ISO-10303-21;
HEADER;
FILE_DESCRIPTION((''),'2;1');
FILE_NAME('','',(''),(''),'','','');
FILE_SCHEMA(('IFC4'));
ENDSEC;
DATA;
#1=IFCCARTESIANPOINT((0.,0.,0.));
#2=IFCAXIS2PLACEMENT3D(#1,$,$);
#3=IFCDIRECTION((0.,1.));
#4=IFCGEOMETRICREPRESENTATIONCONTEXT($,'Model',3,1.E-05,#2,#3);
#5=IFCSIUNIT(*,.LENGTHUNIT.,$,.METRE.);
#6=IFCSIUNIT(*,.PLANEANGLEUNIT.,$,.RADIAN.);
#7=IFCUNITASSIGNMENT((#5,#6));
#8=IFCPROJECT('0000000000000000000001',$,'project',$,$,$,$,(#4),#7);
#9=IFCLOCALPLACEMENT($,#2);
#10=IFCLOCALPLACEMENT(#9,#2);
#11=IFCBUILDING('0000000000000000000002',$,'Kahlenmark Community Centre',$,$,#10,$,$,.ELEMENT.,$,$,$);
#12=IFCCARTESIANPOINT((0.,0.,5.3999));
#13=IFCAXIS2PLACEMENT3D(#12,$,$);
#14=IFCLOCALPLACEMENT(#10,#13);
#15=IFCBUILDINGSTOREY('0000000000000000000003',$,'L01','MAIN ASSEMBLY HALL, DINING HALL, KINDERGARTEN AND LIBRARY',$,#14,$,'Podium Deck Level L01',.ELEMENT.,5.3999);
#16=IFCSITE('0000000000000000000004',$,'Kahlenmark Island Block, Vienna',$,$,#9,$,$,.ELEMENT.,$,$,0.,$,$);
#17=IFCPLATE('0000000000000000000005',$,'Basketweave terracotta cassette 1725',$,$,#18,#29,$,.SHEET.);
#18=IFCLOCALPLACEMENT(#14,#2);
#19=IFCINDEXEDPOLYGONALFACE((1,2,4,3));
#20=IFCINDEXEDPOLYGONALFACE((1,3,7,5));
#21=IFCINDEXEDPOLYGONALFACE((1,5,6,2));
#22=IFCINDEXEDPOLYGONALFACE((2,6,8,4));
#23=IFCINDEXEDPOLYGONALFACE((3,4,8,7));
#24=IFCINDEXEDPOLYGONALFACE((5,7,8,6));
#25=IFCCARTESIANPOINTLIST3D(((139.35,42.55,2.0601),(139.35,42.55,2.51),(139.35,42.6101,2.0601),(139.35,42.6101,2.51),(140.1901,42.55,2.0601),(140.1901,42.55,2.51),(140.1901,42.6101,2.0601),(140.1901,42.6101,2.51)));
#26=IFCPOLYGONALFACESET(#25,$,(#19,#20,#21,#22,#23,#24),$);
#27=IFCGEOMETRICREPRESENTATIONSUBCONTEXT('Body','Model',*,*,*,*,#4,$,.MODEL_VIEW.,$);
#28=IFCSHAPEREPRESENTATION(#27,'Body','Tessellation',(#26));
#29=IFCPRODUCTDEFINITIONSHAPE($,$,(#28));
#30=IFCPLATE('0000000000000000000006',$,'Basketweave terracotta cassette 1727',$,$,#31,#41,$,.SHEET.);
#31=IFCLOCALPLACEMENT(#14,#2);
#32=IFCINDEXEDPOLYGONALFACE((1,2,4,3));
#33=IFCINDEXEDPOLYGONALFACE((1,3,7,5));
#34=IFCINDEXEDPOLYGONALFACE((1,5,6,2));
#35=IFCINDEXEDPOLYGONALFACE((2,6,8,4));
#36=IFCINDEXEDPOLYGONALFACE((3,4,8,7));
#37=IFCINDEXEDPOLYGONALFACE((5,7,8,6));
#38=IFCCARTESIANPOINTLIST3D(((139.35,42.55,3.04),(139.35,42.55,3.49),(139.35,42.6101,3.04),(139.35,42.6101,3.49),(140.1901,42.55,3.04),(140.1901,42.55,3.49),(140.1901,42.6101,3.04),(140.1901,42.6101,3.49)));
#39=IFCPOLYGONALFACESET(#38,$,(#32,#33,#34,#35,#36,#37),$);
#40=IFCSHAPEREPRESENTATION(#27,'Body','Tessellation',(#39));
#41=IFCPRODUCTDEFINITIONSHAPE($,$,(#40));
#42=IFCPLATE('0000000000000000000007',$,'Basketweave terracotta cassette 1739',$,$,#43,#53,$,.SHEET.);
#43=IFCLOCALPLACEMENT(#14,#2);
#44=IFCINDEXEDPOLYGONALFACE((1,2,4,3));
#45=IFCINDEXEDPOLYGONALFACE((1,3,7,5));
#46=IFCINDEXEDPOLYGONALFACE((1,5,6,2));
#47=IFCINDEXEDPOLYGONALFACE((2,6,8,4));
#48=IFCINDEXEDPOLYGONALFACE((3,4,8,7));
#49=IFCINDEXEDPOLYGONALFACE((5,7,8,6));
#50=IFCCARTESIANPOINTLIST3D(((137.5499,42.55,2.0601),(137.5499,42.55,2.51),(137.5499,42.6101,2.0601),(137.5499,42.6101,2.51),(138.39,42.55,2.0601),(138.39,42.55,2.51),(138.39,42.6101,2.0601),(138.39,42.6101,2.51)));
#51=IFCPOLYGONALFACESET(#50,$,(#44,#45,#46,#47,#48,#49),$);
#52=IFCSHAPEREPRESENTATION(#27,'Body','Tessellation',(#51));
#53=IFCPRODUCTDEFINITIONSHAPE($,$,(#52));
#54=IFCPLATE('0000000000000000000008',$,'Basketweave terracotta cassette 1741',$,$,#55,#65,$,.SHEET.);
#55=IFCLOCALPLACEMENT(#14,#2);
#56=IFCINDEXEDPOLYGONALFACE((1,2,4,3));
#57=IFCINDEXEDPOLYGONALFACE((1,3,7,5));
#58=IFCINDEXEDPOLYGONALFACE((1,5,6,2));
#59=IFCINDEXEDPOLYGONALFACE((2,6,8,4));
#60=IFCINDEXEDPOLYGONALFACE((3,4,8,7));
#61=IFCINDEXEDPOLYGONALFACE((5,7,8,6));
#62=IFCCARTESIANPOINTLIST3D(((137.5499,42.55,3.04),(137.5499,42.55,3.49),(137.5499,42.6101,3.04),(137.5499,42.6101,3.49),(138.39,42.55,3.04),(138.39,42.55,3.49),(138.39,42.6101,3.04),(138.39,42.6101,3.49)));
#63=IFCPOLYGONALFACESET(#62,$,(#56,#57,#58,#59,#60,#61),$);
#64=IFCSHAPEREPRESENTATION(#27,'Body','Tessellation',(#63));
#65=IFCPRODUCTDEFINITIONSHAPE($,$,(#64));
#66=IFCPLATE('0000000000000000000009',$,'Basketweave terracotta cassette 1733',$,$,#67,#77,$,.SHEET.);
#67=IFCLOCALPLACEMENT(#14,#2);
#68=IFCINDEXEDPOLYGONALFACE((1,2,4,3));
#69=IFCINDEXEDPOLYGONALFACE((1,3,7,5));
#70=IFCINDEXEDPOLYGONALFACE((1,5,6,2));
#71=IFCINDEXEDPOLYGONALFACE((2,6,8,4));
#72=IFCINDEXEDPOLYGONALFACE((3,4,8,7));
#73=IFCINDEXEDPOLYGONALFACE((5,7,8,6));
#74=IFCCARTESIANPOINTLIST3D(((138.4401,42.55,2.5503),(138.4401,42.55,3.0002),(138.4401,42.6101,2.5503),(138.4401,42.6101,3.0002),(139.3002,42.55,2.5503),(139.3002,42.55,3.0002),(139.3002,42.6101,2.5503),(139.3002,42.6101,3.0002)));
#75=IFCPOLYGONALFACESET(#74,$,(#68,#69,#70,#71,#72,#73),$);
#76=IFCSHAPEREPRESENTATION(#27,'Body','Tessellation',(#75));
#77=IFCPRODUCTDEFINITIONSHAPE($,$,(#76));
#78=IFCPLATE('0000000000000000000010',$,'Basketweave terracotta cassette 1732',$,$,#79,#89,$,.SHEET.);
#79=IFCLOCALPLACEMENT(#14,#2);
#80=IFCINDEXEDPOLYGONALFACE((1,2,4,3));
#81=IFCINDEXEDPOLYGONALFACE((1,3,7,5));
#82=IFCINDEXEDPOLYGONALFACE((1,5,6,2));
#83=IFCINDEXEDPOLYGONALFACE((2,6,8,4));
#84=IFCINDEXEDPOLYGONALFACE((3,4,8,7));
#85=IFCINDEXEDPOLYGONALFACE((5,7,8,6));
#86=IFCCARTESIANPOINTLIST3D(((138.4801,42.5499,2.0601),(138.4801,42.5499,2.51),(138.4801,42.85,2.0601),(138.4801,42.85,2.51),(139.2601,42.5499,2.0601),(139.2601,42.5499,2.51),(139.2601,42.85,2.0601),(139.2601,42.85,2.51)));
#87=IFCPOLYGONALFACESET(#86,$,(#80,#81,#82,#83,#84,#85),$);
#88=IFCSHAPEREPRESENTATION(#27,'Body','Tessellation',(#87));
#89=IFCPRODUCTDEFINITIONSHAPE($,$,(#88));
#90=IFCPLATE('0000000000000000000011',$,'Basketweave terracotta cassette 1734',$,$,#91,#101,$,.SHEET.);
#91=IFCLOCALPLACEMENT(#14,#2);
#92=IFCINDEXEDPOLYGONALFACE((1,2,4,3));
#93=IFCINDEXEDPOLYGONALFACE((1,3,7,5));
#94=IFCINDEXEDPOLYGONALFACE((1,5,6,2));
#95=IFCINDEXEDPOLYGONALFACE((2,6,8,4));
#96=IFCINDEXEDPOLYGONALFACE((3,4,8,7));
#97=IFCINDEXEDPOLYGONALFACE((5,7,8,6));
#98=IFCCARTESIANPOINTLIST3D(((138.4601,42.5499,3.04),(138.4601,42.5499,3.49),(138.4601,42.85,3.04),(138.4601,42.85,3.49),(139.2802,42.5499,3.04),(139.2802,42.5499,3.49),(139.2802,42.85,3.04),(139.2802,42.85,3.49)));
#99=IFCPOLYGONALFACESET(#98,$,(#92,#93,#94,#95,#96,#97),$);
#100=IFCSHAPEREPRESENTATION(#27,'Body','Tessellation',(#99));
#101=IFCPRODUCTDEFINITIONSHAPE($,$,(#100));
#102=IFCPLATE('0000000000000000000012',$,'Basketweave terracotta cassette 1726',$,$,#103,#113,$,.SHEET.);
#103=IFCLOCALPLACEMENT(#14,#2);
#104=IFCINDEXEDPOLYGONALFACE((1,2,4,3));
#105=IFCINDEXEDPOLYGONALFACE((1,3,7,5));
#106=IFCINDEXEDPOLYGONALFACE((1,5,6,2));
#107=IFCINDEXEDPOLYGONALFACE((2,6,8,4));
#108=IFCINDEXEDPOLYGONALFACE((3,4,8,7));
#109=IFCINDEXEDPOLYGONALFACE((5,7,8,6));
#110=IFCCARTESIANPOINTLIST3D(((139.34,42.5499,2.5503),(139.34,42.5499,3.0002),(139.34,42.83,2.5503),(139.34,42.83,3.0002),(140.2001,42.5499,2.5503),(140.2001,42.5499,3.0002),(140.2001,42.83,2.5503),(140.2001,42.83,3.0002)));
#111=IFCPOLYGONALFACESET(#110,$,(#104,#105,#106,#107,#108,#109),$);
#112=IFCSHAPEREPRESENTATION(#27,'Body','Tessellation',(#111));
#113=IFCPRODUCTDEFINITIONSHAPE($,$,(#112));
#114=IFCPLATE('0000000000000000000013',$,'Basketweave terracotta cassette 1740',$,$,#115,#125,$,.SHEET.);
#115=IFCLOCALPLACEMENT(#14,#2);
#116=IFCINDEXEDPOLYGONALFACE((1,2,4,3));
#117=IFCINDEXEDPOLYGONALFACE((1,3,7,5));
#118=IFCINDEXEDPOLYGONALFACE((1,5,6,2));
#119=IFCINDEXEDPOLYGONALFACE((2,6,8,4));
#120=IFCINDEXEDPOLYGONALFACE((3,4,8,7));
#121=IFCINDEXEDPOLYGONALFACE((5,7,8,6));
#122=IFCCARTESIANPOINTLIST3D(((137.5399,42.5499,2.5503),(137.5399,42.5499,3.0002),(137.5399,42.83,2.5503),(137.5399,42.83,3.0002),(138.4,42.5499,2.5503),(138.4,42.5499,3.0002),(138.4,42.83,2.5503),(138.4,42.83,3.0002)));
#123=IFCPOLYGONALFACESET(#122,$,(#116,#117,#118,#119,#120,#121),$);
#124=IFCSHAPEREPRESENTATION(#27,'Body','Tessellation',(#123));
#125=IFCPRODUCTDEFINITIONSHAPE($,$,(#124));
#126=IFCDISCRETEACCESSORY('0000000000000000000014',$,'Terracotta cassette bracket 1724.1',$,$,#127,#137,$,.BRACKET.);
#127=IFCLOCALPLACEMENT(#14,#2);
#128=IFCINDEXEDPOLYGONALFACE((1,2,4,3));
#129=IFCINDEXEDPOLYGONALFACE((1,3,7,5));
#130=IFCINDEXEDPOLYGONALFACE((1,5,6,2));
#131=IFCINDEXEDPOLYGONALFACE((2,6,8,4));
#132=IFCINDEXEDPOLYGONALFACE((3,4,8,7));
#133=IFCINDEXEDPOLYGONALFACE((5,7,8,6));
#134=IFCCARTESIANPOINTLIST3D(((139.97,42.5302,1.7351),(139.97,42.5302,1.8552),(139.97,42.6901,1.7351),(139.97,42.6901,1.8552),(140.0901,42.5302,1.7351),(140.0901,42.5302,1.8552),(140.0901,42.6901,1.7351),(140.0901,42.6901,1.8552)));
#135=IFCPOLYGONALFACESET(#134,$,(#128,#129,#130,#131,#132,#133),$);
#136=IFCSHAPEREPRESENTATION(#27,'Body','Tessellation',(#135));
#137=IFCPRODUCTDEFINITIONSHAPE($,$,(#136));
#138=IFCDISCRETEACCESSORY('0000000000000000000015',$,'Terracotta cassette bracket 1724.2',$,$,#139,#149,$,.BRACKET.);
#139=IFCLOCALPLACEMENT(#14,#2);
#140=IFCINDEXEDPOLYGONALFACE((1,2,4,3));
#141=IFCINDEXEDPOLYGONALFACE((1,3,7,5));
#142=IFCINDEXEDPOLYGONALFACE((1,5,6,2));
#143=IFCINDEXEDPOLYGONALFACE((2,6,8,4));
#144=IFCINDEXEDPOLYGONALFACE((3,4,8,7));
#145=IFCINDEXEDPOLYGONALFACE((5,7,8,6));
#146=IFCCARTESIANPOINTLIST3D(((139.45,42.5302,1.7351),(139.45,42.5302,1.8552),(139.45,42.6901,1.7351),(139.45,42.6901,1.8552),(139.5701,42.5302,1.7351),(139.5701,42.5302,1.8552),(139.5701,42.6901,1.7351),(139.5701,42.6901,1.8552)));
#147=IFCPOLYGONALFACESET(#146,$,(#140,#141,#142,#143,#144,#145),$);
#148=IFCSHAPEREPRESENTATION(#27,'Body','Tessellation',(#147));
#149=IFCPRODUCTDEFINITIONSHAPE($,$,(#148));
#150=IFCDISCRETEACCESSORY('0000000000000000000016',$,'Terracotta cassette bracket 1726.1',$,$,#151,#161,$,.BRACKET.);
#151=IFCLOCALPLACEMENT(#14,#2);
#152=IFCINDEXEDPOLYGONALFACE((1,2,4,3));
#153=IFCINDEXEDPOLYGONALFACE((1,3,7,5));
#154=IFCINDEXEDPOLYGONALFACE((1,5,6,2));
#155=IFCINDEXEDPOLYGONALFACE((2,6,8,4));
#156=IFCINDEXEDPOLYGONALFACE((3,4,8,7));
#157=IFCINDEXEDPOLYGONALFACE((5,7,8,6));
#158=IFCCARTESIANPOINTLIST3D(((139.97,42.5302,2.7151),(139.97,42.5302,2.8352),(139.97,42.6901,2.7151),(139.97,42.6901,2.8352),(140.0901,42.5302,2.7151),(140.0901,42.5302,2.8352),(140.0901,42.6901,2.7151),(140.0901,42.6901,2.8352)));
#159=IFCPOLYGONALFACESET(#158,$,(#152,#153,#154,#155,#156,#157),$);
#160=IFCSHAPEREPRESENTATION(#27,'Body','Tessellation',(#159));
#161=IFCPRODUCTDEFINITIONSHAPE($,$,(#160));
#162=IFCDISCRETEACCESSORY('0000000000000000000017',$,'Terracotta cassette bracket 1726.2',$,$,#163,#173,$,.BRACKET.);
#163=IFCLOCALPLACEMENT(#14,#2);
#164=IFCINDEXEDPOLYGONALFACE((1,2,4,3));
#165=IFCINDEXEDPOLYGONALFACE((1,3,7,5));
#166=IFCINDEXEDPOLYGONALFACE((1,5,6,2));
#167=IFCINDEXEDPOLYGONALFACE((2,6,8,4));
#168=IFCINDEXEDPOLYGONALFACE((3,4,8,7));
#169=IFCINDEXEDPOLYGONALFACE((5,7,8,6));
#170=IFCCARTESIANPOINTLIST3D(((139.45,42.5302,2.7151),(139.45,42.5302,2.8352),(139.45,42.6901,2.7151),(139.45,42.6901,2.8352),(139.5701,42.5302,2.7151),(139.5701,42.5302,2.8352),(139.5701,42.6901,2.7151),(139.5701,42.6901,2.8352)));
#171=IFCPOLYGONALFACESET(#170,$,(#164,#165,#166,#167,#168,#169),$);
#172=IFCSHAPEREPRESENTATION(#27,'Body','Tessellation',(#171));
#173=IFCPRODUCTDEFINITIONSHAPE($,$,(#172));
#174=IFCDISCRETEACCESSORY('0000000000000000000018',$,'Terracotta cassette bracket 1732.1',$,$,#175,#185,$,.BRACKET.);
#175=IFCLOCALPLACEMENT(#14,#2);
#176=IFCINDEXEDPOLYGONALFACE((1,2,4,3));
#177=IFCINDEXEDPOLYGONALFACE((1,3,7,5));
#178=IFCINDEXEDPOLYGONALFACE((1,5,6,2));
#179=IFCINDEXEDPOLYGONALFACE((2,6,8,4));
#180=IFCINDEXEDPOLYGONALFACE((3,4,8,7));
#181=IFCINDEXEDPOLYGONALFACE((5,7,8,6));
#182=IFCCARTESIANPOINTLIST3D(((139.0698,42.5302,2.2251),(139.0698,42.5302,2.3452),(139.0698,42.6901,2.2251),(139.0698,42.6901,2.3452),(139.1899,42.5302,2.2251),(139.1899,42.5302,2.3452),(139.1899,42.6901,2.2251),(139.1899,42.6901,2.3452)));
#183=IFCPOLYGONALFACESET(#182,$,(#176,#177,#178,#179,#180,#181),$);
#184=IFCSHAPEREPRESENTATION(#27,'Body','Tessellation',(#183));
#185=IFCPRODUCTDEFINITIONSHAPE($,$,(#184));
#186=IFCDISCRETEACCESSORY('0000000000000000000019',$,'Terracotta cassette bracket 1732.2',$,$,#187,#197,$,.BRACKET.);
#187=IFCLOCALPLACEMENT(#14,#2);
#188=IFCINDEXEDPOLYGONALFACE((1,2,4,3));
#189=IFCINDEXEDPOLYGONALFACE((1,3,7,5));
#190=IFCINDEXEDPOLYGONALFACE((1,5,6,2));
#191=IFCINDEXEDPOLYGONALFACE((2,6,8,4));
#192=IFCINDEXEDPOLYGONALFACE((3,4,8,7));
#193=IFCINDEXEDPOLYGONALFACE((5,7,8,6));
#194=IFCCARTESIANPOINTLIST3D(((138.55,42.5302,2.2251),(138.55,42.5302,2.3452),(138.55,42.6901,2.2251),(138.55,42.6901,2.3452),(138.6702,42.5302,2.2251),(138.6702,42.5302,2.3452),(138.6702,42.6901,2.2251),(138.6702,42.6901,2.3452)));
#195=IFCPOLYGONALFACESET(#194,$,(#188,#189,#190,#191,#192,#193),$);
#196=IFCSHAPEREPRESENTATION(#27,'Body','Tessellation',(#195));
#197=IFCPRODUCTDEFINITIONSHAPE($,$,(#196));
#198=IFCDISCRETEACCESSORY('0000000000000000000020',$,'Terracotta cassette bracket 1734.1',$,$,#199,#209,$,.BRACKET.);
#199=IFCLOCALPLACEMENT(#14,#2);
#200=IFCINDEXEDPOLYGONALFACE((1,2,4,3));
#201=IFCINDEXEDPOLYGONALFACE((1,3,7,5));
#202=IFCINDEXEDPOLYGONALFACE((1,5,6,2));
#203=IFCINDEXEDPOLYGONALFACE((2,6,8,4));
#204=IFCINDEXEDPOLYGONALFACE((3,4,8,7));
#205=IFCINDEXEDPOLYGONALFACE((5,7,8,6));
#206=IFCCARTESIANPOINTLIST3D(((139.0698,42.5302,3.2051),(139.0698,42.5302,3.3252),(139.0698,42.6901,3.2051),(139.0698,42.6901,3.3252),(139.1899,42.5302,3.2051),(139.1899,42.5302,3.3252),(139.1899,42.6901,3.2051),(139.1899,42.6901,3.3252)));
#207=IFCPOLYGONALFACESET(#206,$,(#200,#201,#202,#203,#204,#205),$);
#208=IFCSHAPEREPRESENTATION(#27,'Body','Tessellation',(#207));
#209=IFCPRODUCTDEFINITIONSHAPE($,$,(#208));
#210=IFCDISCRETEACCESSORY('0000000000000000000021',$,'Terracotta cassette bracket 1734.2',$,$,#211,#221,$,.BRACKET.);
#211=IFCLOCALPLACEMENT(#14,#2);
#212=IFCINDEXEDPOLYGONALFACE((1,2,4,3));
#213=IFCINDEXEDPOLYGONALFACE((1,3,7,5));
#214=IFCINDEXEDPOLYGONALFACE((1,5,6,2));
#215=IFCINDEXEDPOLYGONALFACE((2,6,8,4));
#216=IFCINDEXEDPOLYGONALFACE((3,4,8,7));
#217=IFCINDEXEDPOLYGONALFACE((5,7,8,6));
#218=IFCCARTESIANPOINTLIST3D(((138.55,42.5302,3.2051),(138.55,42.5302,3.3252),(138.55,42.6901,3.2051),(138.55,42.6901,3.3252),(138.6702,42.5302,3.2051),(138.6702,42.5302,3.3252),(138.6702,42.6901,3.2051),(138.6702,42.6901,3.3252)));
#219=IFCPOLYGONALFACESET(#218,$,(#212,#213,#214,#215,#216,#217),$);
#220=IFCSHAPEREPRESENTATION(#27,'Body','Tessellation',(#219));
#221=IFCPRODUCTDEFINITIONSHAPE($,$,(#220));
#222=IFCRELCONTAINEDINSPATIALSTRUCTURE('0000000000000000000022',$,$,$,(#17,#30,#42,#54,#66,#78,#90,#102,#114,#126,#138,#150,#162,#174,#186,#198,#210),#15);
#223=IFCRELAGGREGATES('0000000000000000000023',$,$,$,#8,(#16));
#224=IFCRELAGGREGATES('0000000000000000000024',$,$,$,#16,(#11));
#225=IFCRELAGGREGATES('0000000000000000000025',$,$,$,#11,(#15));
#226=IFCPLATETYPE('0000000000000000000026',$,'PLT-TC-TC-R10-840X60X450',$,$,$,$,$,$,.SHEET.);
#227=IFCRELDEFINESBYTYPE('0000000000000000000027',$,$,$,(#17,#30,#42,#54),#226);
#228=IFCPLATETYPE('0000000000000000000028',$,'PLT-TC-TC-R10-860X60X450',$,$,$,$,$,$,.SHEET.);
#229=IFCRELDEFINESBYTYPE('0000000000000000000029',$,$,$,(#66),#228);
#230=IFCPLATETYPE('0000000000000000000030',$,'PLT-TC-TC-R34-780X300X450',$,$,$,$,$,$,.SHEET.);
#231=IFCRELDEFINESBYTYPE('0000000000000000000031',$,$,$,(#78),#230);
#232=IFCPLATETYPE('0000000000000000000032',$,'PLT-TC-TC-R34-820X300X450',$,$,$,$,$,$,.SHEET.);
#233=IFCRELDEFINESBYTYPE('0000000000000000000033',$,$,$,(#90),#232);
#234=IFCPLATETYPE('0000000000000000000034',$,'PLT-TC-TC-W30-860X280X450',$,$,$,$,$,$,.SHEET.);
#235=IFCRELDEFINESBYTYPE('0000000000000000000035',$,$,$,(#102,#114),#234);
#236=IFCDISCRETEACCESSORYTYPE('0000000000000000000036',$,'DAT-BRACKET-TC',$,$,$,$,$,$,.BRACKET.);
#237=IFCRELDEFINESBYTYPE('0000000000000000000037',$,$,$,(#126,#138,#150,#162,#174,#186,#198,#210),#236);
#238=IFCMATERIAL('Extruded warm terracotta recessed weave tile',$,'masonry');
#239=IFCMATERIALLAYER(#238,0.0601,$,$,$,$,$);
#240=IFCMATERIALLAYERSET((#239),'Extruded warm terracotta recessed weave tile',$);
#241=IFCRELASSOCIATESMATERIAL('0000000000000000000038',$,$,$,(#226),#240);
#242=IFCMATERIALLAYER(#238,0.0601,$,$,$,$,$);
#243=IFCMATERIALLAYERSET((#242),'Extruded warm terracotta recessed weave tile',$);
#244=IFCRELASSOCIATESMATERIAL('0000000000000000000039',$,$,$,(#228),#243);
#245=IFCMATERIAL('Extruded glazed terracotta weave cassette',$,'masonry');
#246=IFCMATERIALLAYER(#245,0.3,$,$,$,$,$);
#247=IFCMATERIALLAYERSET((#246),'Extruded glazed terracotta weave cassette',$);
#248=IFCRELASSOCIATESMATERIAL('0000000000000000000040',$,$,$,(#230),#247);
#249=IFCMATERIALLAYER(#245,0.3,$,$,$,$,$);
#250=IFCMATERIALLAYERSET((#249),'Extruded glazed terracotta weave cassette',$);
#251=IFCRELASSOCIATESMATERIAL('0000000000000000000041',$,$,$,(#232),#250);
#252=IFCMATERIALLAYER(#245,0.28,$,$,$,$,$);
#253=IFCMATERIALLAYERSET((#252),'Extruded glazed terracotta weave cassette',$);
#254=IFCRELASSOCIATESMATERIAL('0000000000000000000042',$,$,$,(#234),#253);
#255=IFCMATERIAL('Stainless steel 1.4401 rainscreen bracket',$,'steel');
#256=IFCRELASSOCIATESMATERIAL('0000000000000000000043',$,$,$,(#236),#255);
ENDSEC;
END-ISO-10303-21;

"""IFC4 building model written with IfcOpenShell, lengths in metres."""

from ifc_helpers import new_model, si_unit, direction, frame, origin, origin_2d, place, context, subcontext, project, spatial, rectangle, extrude, material, layer, layer_set, type_object, element, save


model = new_model("IFC4")

# Units and contexts
model_context = context("Model", 3, precision=1e-05, world=origin(), true_north=direction((0.0, 1.0)))
body_context = subcontext(model_context, "Body", "Model", "MODEL_VIEW")
ifc_project = project(units=[si_unit("LENGTHUNIT", "METRE"), si_unit("PLANEANGLEUNIT", "RADIAN")], contexts=[model_context])

# Site, building, storey
site_placement = place(None, origin())
site = spatial("IfcSite", under=ifc_project, at=site_placement, Name="Kahlenmark Island Block, Vienna", CompositionType="ELEMENT", RefElevation=0.0)
building_placement = place(site_placement, origin())
building = spatial("IfcBuilding", under=site, at=building_placement, Name="Kahlenmark Community Centre", CompositionType="ELEMENT")
storey_placement = place(building_placement, frame((0.0, 0.0, 5.3999)))
storey = spatial("IfcBuildingStorey", under=building, at=storey_placement, Name="L01", Description="MAIN ASSEMBLY HALL, DINING HALL, KINDERGARTEN AND LIBRARY", LongName="Podium Deck Level L01", CompositionType="ELEMENT", Elevation=5.3999)

# Plates
ifc_material_1 = material(Name="Extruded warm terracotta recessed weave tile", Category="masonry")
ifc_layer_1 = layer(ifc_material_1, 0.0601)
ifc_layer_set_1 = layer_set([ifc_layer_1], Name="Extruded warm terracotta recessed weave tile")
plate_type_1 = type_object("IfcPlateType", Name="PLT-TC-TC-R10-840X60X450", PredefinedType="SHEET", material=ifc_layer_set_1)
for number, where, z_axis, x_axis, name in (
    (1, (139.77, 42.5801, 2.0601), (0.0, 0.0, 1.0), (-1.0, 0.0, 0.0), "Basketweave terracotta cassette 1725"),
    (2, (139.77, 42.5801, 3.04), (0.0, 0.0, 1.0), (-1.0, 0.0, 0.0), "Basketweave terracotta cassette 1727"),
    (3, (137.97, 42.5801, 2.0601), (0.0, 0.0, 1.0), (-1.0, 0.0, 0.0), "Basketweave terracotta cassette 1739"),
    (4, (137.97, 42.5801, 3.04), (0.0, 0.0, 1.0), (-1.0, 0.0, 0.0), "Basketweave terracotta cassette 1741"),
):
    element("IfcPlate", number, at=place(storey_placement, frame(where, z_axis=z_axis, x_axis=x_axis)), inside=storey, type_object=plate_type_1, Name=name, PredefinedType="SHEET", context=body_context, shape_type="SweptSolid", body=[
        extrude(rectangle(XDim=0.8401, YDim=0.0601, at=origin_2d()), origin(), (0.0, 0.0, 1.0), 0.45),
    ])
ifc_layer_2 = layer(ifc_material_1, 0.0601)
ifc_layer_set_2 = layer_set([ifc_layer_2], Name="Extruded warm terracotta recessed weave tile")
plate_type_2 = type_object("IfcPlateType", Name="PLT-TC-TC-R10-860X60X450", PredefinedType="SHEET", material=ifc_layer_set_2)
plate_1_placement = place(storey_placement, frame((138.8701, 42.5801, 2.5503), z_axis=(0.0, 0.0, 1.0), x_axis=(-1.0, 0.0, 0.0)))
element("IfcPlate", 5, at=plate_1_placement, inside=storey, type_object=plate_type_2, Name="Basketweave terracotta cassette 1733", PredefinedType="SHEET", context=body_context, shape_type="SweptSolid", body=[
    extrude(rectangle(XDim=0.8601, YDim=0.0601, at=origin_2d()), origin(), (0.0, 0.0, 1.0), 0.45),
])
ifc_material_2 = material(Name="Extruded glazed terracotta weave cassette", Category="masonry")
ifc_layer_3 = layer(ifc_material_2, 0.3)
ifc_layer_set_3 = layer_set([ifc_layer_3], Name="Extruded glazed terracotta weave cassette")
plate_type_3 = type_object("IfcPlateType", Name="PLT-TC-TC-R34-780X300X450", PredefinedType="SHEET", material=ifc_layer_set_3)
plate_2_placement = place(storey_placement, frame((138.8701, 42.7, 2.0601), z_axis=(0.0, 0.0, 1.0), x_axis=(-1.0, 0.0, 0.0)))
element("IfcPlate", 6, at=plate_2_placement, inside=storey, type_object=plate_type_3, Name="Basketweave terracotta cassette 1732", PredefinedType="SHEET", context=body_context, shape_type="SweptSolid", body=[
    extrude(rectangle(XDim=0.78, YDim=0.3, at=origin_2d()), origin(), (0.0, 0.0, 1.0), 0.45),
])
ifc_layer_4 = layer(ifc_material_2, 0.3)
ifc_layer_set_4 = layer_set([ifc_layer_4], Name="Extruded glazed terracotta weave cassette")
plate_type_4 = type_object("IfcPlateType", Name="PLT-TC-TC-R34-820X300X450", PredefinedType="SHEET", material=ifc_layer_set_4)
plate_3_placement = place(storey_placement, frame((138.8701, 42.7, 3.04), z_axis=(0.0, 0.0, 1.0), x_axis=(-1.0, 0.0, 0.0)))
element("IfcPlate", 7, at=plate_3_placement, inside=storey, type_object=plate_type_4, Name="Basketweave terracotta cassette 1734", PredefinedType="SHEET", context=body_context, shape_type="SweptSolid", body=[
    extrude(rectangle(XDim=0.8201, YDim=0.3, at=origin_2d()), origin(), (0.0, 0.0, 1.0), 0.45),
])
ifc_layer_5 = layer(ifc_material_2, 0.28)
ifc_layer_set_5 = layer_set([ifc_layer_5], Name="Extruded glazed terracotta weave cassette")
plate_type_5 = type_object("IfcPlateType", Name="PLT-TC-TC-W30-860X280X450", PredefinedType="SHEET", material=ifc_layer_set_5)
for number, where, z_axis, x_axis, name in (
    (8, (139.77, 42.6899, 2.5503), (0.0, 0.0, 1.0), (-1.0, 0.0, 0.0), "Basketweave terracotta cassette 1726"),
    (9, (137.97, 42.6899, 2.5503), (0.0, 0.0, 1.0), (-1.0, 0.0, 0.0), "Basketweave terracotta cassette 1740"),
):
    element("IfcPlate", number, at=place(storey_placement, frame(where, z_axis=z_axis, x_axis=x_axis)), inside=storey, type_object=plate_type_5, Name=name, PredefinedType="SHEET", context=body_context, shape_type="SweptSolid", body=[
        extrude(rectangle(XDim=0.8601, YDim=0.28, at=origin_2d()), origin(), (0.0, 0.0, 1.0), 0.45),
    ])

# Discrete accessories
ifc_material_3 = material(Name="Stainless steel 1.4401 rainscreen bracket", Category="steel")
discrete_accessory_type = type_object("IfcDiscreteAccessoryType", Name="DAT-BRACKET-TC", PredefinedType="BRACKET", material=ifc_material_3)
for number, where, z_axis, x_axis, name in (
    (10, (140.03, 42.6101, 1.7351), (0.0, 0.0, 1.0), (-1.0, 0.0, 0.0), "Terracotta cassette bracket 1724.1"),
    (11, (139.51, 42.6101, 1.7351), (0.0, 0.0, 1.0), (-1.0, 0.0, 0.0), "Terracotta cassette bracket 1724.2"),
    (12, (140.03, 42.6101, 2.7151), (0.0, 0.0, 1.0), (-1.0, 0.0, 0.0), "Terracotta cassette bracket 1726.1"),
    (13, (139.51, 42.6101, 2.7151), (0.0, 0.0, 1.0), (-1.0, 0.0, 0.0), "Terracotta cassette bracket 1726.2"),
    (14, (139.1299, 42.6101, 2.2251), (0.0, 0.0, 1.0), (-1.0, 0.0, 0.0), "Terracotta cassette bracket 1732.1"),
    (15, (138.6101, 42.6101, 2.2251), (0.0, 0.0, 1.0), (-1.0, 0.0, 0.0), "Terracotta cassette bracket 1732.2"),
    (16, (139.1299, 42.6101, 3.2051), (0.0, 0.0, 1.0), (-1.0, 0.0, 0.0), "Terracotta cassette bracket 1734.1"),
    (17, (138.6101, 42.6101, 3.2051), (0.0, 0.0, 1.0), (-1.0, 0.0, 0.0), "Terracotta cassette bracket 1734.2"),
):
    element("IfcDiscreteAccessory", number, at=place(storey_placement, frame(where, z_axis=z_axis, x_axis=x_axis)), inside=storey, type_object=discrete_accessory_type, Name=name, PredefinedType="BRACKET", context=body_context, shape_type="SweptSolid", body=[
        extrude(rectangle(XDim=0.1201, YDim=0.1599, at=origin_2d()), origin(), (0.0, 0.0, 1.0), 0.1201),
    ])

save(model, "model.ifc")
